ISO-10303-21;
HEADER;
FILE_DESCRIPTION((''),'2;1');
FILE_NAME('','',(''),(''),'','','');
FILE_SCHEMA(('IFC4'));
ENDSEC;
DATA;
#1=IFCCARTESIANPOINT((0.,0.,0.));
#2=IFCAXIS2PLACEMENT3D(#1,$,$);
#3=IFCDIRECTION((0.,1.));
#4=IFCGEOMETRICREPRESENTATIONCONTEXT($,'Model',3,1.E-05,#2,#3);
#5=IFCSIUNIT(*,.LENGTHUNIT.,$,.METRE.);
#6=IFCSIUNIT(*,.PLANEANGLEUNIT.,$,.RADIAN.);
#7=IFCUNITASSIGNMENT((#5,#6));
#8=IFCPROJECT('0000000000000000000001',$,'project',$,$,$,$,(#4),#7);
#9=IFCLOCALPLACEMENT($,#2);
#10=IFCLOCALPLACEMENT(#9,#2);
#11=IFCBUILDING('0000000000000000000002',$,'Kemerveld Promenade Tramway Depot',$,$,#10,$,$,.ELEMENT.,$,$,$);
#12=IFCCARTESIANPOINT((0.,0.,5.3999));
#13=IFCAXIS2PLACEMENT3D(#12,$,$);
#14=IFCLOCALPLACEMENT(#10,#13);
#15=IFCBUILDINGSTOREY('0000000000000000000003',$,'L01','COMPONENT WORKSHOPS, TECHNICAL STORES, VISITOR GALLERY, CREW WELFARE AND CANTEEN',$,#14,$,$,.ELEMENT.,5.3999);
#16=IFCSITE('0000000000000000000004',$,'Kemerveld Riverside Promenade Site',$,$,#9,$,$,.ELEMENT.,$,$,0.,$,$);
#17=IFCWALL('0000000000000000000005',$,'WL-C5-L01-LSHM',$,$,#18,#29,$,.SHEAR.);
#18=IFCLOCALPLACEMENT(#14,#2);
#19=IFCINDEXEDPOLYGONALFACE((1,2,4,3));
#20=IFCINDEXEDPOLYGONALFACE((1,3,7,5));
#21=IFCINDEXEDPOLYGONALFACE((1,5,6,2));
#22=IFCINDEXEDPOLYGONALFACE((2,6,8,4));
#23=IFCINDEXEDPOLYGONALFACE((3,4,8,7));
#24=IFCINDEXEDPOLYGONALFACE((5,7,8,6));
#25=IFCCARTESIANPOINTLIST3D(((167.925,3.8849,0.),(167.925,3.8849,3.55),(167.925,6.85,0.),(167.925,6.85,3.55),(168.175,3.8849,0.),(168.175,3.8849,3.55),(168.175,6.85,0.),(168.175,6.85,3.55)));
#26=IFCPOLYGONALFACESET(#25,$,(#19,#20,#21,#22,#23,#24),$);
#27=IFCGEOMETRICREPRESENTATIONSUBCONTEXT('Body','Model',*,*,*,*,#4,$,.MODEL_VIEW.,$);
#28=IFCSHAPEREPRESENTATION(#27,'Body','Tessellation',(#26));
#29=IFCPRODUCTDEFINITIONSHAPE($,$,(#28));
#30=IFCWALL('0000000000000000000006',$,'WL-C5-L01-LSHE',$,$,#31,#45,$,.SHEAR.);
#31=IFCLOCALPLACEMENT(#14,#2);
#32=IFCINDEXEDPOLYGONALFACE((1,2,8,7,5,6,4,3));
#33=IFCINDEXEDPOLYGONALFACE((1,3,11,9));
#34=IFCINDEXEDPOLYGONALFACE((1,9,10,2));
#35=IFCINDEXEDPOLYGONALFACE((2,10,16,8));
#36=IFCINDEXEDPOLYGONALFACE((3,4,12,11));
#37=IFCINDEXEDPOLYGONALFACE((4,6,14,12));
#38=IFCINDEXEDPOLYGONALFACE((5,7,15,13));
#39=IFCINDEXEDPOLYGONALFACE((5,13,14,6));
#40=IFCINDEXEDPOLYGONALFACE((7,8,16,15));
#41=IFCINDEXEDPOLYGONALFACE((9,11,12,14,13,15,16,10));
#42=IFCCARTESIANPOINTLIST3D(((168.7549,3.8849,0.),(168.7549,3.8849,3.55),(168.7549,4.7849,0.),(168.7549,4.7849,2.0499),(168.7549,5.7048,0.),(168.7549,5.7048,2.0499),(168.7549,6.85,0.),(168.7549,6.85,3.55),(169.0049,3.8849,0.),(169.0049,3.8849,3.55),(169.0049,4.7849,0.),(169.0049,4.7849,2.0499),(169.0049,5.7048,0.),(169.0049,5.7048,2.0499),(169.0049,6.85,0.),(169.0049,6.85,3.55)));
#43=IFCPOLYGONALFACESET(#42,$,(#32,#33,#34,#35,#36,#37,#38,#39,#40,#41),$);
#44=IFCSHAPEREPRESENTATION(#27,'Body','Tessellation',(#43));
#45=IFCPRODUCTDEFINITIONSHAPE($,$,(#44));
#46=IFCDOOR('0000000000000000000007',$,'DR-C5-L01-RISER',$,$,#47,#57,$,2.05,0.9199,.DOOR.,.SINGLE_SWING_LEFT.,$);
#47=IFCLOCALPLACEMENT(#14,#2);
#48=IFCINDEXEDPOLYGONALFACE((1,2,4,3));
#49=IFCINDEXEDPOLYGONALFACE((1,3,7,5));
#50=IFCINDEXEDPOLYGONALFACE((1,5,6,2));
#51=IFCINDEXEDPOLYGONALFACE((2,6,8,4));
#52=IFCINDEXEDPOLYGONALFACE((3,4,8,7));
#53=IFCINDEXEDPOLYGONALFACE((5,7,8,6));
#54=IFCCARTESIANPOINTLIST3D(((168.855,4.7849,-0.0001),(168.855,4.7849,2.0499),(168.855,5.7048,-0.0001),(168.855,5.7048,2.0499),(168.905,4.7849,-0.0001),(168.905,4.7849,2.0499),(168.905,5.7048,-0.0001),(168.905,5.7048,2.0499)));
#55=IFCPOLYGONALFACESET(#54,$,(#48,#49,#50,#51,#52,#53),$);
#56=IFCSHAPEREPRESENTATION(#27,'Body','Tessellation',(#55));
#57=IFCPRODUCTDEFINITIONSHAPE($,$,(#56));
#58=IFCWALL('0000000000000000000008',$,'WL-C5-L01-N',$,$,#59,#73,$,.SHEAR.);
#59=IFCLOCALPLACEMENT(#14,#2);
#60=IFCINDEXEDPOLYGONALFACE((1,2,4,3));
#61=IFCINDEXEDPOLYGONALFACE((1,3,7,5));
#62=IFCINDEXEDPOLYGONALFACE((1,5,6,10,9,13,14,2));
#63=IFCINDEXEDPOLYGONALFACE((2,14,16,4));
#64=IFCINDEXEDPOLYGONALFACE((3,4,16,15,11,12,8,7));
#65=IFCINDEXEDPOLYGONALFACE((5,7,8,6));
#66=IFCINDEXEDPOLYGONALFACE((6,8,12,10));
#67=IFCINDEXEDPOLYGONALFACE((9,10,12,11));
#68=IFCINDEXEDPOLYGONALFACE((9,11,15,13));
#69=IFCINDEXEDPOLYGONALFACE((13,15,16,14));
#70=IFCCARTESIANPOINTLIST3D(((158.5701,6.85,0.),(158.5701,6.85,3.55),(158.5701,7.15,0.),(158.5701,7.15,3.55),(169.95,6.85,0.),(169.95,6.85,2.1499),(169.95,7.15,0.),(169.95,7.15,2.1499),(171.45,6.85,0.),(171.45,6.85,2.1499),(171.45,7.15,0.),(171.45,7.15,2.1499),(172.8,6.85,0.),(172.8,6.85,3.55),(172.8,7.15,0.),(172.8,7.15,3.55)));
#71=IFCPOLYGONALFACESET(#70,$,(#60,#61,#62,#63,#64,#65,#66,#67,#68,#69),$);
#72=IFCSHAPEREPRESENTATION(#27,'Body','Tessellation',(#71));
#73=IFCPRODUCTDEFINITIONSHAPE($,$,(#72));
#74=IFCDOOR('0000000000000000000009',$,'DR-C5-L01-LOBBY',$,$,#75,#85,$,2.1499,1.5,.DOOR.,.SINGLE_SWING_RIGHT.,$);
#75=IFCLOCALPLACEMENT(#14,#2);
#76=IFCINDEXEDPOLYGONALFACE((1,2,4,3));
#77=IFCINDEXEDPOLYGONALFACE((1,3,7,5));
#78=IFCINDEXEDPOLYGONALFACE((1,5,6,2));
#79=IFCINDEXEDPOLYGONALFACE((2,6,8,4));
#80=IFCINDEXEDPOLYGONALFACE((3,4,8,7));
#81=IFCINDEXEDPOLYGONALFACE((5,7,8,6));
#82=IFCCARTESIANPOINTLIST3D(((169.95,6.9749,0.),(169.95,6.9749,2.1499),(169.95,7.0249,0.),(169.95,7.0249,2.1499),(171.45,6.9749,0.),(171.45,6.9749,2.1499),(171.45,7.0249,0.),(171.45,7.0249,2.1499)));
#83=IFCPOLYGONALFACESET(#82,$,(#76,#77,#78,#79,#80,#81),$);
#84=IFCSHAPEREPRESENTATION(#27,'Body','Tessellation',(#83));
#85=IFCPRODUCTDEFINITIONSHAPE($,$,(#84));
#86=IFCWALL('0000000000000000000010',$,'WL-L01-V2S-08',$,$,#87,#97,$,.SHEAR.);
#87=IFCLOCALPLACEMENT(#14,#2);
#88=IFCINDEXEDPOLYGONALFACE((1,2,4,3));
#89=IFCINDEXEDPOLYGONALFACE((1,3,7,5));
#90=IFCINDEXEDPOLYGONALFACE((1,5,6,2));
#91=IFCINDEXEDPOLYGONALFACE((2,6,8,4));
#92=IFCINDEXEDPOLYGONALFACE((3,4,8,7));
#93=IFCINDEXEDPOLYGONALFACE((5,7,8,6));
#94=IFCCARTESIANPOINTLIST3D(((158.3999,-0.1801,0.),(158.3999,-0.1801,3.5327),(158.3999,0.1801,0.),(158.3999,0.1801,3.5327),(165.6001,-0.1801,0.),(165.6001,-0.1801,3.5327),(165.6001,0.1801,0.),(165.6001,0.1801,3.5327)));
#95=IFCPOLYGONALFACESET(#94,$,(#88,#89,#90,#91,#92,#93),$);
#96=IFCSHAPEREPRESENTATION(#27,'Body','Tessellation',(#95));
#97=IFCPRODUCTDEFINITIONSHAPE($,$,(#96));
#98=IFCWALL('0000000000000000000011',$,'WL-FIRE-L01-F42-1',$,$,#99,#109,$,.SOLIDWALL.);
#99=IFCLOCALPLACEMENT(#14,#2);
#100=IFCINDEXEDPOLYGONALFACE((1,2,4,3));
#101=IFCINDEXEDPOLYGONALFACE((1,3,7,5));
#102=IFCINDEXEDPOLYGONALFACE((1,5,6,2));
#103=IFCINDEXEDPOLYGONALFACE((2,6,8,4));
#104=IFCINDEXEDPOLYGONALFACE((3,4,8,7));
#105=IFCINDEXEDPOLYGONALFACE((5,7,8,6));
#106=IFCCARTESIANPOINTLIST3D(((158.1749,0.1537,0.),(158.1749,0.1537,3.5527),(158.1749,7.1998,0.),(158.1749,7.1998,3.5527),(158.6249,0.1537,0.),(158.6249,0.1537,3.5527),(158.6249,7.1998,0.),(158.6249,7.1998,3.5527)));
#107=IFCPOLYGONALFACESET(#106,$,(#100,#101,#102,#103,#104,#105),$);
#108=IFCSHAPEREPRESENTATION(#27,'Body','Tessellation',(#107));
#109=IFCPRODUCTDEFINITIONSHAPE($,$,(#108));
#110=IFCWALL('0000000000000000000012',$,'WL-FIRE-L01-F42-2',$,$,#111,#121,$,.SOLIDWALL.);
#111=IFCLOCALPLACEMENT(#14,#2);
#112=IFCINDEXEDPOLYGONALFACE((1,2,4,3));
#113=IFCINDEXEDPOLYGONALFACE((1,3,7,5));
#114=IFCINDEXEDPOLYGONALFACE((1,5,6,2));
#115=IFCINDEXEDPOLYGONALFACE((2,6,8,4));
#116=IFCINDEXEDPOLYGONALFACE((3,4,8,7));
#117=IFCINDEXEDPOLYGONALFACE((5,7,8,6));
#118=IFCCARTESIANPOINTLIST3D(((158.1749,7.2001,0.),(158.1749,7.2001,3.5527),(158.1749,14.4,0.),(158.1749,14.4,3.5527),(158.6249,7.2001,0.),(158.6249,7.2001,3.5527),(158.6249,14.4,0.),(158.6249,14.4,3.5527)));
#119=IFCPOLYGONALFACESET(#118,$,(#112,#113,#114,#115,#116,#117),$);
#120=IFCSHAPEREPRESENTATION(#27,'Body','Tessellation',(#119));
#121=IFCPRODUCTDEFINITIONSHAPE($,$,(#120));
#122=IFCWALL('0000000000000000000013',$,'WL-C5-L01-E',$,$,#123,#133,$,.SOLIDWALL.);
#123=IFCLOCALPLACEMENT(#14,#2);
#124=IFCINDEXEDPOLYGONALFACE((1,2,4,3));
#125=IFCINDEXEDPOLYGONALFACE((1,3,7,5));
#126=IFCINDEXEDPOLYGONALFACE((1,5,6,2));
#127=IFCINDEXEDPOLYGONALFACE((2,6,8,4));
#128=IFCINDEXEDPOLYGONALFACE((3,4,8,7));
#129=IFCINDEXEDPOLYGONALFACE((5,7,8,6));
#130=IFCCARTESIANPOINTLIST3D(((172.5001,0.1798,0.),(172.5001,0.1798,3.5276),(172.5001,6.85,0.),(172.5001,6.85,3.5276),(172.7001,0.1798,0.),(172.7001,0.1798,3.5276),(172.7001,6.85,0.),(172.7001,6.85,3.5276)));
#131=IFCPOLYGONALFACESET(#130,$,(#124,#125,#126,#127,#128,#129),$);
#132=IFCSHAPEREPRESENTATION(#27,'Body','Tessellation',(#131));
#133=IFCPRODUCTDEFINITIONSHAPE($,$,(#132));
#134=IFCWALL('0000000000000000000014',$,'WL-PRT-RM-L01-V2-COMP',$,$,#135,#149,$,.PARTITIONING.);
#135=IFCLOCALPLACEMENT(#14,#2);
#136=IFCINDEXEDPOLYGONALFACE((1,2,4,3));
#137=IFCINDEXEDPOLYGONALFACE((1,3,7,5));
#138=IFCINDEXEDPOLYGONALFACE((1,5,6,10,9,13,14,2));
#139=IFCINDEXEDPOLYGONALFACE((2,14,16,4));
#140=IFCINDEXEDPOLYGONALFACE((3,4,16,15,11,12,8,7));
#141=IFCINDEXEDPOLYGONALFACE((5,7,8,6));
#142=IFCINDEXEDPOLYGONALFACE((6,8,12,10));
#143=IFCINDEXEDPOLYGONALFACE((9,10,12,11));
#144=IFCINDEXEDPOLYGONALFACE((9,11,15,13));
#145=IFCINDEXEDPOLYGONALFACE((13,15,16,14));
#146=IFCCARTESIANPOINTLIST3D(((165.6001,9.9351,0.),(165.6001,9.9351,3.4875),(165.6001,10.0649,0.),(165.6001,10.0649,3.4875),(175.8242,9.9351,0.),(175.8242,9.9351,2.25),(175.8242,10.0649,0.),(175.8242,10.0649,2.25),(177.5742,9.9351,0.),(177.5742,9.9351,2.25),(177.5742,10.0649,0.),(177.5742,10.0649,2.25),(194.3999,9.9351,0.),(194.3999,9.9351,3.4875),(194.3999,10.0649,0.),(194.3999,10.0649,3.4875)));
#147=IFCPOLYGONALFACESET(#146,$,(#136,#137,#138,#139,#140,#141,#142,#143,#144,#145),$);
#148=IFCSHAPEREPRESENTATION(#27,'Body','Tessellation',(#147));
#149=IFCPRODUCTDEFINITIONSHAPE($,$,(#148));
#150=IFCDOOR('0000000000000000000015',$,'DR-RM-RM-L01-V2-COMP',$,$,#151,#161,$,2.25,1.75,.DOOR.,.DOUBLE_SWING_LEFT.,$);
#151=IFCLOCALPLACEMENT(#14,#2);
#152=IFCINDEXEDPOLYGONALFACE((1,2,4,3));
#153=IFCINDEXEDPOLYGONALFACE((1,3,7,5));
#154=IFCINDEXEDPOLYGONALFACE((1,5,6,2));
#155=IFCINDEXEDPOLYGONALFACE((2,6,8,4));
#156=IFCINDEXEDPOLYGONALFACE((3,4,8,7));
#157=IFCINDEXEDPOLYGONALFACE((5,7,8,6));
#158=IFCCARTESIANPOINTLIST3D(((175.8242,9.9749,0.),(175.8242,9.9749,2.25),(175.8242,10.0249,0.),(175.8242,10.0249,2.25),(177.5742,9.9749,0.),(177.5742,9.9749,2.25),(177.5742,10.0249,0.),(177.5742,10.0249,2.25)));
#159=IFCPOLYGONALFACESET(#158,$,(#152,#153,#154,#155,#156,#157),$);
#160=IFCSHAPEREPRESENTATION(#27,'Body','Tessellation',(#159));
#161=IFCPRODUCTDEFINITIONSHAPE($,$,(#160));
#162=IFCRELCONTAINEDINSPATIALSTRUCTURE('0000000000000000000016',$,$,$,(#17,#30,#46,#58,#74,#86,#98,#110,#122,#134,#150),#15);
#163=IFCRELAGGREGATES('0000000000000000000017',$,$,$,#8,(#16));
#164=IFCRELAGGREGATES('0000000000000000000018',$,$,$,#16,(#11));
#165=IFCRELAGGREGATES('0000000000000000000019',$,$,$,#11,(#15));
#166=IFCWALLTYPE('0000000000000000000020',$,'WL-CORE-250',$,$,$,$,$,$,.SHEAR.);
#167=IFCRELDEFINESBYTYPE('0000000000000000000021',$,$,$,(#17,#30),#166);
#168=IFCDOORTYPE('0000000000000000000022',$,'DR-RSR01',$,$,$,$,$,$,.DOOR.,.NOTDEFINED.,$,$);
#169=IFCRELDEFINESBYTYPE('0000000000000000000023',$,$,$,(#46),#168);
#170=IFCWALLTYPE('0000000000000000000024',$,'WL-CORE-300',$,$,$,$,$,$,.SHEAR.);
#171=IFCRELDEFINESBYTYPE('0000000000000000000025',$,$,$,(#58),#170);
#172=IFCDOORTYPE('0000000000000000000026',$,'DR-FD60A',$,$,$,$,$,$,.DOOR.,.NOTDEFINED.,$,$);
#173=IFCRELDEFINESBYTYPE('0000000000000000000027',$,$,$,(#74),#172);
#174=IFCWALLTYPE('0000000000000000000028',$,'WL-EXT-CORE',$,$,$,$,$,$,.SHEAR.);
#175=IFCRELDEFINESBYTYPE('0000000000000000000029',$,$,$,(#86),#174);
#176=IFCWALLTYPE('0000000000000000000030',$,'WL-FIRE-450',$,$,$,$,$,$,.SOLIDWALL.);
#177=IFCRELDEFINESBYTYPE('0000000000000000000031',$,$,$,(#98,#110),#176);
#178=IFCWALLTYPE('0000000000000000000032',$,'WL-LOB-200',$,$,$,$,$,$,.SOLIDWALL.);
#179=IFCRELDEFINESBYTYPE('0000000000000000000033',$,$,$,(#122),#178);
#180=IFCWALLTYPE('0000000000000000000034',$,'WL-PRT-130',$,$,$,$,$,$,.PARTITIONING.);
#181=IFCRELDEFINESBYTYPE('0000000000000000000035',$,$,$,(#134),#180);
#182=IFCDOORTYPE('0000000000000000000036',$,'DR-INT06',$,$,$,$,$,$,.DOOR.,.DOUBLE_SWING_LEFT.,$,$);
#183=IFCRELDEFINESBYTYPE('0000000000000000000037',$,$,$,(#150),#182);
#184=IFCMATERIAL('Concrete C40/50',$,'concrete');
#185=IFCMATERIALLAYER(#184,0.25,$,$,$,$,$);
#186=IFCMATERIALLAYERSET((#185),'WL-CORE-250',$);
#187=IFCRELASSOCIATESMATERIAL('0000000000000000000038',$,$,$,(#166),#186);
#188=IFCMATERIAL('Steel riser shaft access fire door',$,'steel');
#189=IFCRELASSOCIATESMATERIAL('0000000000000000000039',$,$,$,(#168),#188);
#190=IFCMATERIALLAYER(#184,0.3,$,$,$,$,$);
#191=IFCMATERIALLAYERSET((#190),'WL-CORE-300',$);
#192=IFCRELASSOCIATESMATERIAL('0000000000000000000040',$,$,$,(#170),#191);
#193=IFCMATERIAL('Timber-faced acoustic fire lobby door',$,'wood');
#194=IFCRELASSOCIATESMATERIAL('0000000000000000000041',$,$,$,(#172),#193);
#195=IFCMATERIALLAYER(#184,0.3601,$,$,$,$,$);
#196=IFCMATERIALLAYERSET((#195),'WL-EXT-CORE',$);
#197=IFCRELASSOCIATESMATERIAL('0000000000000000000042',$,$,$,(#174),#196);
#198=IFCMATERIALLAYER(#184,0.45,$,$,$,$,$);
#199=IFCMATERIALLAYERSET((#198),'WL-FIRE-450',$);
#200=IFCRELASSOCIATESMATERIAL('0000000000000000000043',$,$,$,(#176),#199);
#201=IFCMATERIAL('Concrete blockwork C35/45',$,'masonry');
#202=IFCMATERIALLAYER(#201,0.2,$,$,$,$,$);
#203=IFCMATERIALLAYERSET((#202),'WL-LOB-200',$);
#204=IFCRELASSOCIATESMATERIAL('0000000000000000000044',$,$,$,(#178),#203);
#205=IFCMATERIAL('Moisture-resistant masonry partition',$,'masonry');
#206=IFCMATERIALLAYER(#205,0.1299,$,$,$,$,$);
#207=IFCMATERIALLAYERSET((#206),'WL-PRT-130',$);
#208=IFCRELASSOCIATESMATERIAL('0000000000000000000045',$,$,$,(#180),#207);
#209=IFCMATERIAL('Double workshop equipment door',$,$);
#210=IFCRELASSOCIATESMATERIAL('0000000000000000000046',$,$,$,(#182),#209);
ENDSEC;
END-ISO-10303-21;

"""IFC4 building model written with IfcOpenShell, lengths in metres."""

from ifc_helpers import new_model, si_unit, direction, frame, frame_2d, origin, place, context, subcontext, project, spatial, rectangle, extrude, material, layer, layer_set, type_object, element, fill, save


model = new_model("IFC4")

# Units and contexts
model_context = context("Model", 3, precision=1e-05, world=origin(), true_north=direction((0.0, 1.0)))
body_context = subcontext(model_context, "Body", "Model", "MODEL_VIEW")
ifc_project = project(units=[si_unit("LENGTHUNIT", "METRE"), si_unit("PLANEANGLEUNIT", "RADIAN")], contexts=[model_context])

# Site, building, storey
site_placement = place(None, origin())
site = spatial("IfcSite", under=ifc_project, at=site_placement, Name="Kemerveld Riverside Promenade Site", CompositionType="ELEMENT", RefElevation=0.0)
building_placement = place(site_placement, origin())
building = spatial("IfcBuilding", under=site, at=building_placement, Name="Kemerveld Promenade Tramway Depot", CompositionType="ELEMENT")
storey_placement = place(building_placement, frame((0.0, 0.0, 5.3999)))
storey = spatial("IfcBuildingStorey", under=building, at=storey_placement, Name="L01", Description="COMPONENT WORKSHOPS, TECHNICAL STORES, VISITOR GALLERY, CREW WELFARE AND CANTEEN", CompositionType="ELEMENT", Elevation=5.3999)

# Shared definitions
ifc_material_1 = material(Name="Concrete C40/50", Category="concrete")

# Shared definitions
ifc_layer_1 = layer(ifc_material_1, 0.25)
ifc_layer_set_1 = layer_set([ifc_layer_1], Name="WL-CORE-250")
wall_type_1 = type_object("IfcWallType", Name="WL-CORE-250", PredefinedType="SHEAR", material=ifc_layer_set_1)

# Wall
wall_1_placement = place(storey_placement, frame((168.05, 3.885, 0.0), z_axis=(0.0, 0.0, 1.0), x_axis=(0.0, 1.0, 0.0)))
element("IfcWall", 1, at=wall_1_placement, inside=storey, type_object=wall_type_1, Name="WL-C5-L01-LSHM", PredefinedType="SHEAR", context=body_context, shape_type="SweptSolid", body=[
    extrude(rectangle(XDim=2.9651, YDim=0.25, at=frame_2d((1.4824, 0.0))), origin(), (0.0, 0.0, 1.0), 3.55),
])

# Walls, openings, doors
wall_2_placement = place(storey_placement, frame((168.8799, 3.885, 0.0), z_axis=(0.0, 0.0, 1.0), x_axis=(0.0, 1.0, 0.0)))
wall_2 = element("IfcWall", 2, at=wall_2_placement, inside=storey, type_object=wall_type_1, Name="WL-C5-L01-LSHE", PredefinedType="SHEAR", context=body_context, shape_type="SweptSolid", body=[
    extrude(rectangle(XDim=2.9651, YDim=0.25, at=frame_2d((1.4824, 0.0))), origin(), (0.0, 0.0, 1.0), 3.55),
])
opening_1_placement = place(wall_2_placement, frame((0.8999, 0.0, 0.0)))
opening_1 = element("IfcOpeningElement", 3, at=opening_1_placement, cuts=wall_2, PredefinedType="OPENING", context=body_context, shape_type="SweptSolid", body=[
    extrude(rectangle(XDim=0.9199, YDim=2.05, at=frame_2d((0.46, 1.0249))), frame((0.0, 0.135, 0.0), z_axis=(0.0, -1.0, 0.0), x_axis=(1.0, 0.0, 0.0)), (0.0, 0.0, 1.0), 0.27),
])
ifc_material_2 = material(Name="Steel riser shaft access fire door", Category="steel")
door_type_1 = type_object("IfcDoorType", Name="DR-RSR01", OperationType="NOTDEFINED", PredefinedType="DOOR", material=ifc_material_2)
door_1_placement = place(opening_1_placement, origin())
door_1 = element("IfcDoor", 4, at=door_1_placement, inside=storey, type_object=door_type_1, Name="DR-C5-L01-RISER", OperationType="SINGLE_SWING_LEFT", OverallHeight=2.05, OverallWidth=0.9199, PredefinedType="DOOR", context=body_context, shape_type="SweptSolid", body=[
    extrude(rectangle(XDim=0.9199, YDim=2.05, at=frame_2d((0.46, 1.0249))), frame((0.0, 0.0249, 0.0), z_axis=(0.0, -1.0, 0.0), x_axis=(1.0, 0.0, 0.0)), (0.0, 0.0, 1.0), 0.05),
])
fill(opening_1, door_1)
ifc_layer_2 = layer(ifc_material_1, 0.3)
ifc_layer_set_2 = layer_set([ifc_layer_2], Name="WL-CORE-300")
wall_type_2 = type_object("IfcWallType", Name="WL-CORE-300", PredefinedType="SHEAR", material=ifc_layer_set_2)
wall_3_placement = place(storey_placement, frame((158.5701, 7.0, 0.0), z_axis=(0.0, 0.0, 1.0), x_axis=(1.0, 0.0, 0.0)))
wall_3 = element("IfcWall", 5, at=wall_3_placement, inside=storey, type_object=wall_type_2, Name="WL-C5-L01-N", PredefinedType="SHEAR", context=body_context, shape_type="SweptSolid", body=[
    extrude(rectangle(XDim=14.23, YDim=0.3, at=frame_2d((7.115, 0.0))), origin(), (0.0, 0.0, 1.0), 3.55),
])
opening_2_placement = place(wall_3_placement, frame((11.3799, 0.0, 0.0)))
opening_2 = element("IfcOpeningElement", 6, at=opening_2_placement, cuts=wall_3, PredefinedType="OPENING", context=body_context, shape_type="SweptSolid", body=[
    extrude(rectangle(XDim=1.5, YDim=2.1499, at=frame_2d((0.75, 1.075))), frame((0.0, 0.1599, 0.0), z_axis=(0.0, -1.0, 0.0), x_axis=(1.0, 0.0, 0.0)), (0.0, 0.0, 1.0), 0.3201),
])
ifc_material_3 = material(Name="Timber-faced acoustic fire lobby door", Category="wood")
door_type_2 = type_object("IfcDoorType", Name="DR-FD60A", OperationType="NOTDEFINED", PredefinedType="DOOR", material=ifc_material_3)
door_2_placement = place(opening_2_placement, origin())
door_2 = element("IfcDoor", 7, at=door_2_placement, inside=storey, type_object=door_type_2, Name="DR-C5-L01-LOBBY", OperationType="SINGLE_SWING_RIGHT", OverallHeight=2.1499, OverallWidth=1.5, PredefinedType="DOOR", context=body_context, shape_type="SweptSolid", body=[
    extrude(rectangle(XDim=1.5, YDim=2.1499, at=frame_2d((0.75, 1.075))), frame((0.0, 0.0249, 0.0), z_axis=(0.0, -1.0, 0.0), x_axis=(1.0, 0.0, 0.0)), (0.0, 0.0, 1.0), 0.05),
])
fill(opening_2, door_2)

# Walls
ifc_layer_3 = layer(ifc_material_1, 0.3601)
ifc_layer_set_3 = layer_set([ifc_layer_3], Name="WL-EXT-CORE")
wall_type_3 = type_object("IfcWallType", Name="WL-EXT-CORE", PredefinedType="SHEAR", material=ifc_layer_set_3)
wall_4_placement = place(storey_placement, frame((165.6001, 0.0, 0.0), z_axis=(0.0, 0.0, 1.0), x_axis=(-1.0, 0.0, 0.0)))
element("IfcWall", 8, at=wall_4_placement, inside=storey, type_object=wall_type_3, Name="WL-L01-V2S-08", PredefinedType="SHEAR", context=body_context, shape_type="SweptSolid", body=[
    extrude(rectangle(XDim=7.2002, YDim=0.3601, at=frame_2d((3.6001, 0.0))), origin(), (0.0, 0.0, 1.0), 3.5327),
])
ifc_layer_4 = layer(ifc_material_1, 0.45)
ifc_layer_set_4 = layer_set([ifc_layer_4], Name="WL-FIRE-450")
wall_type_4 = type_object("IfcWallType", Name="WL-FIRE-450", PredefinedType="SOLIDWALL", material=ifc_layer_set_4)
wall_5_placement = place(storey_placement, frame((158.3999, 0.1538, 0.0), z_axis=(0.0, 0.0, 1.0), x_axis=(0.0, 1.0, 0.0)))
element("IfcWall", 9, at=wall_5_placement, inside=storey, type_object=wall_type_4, Name="WL-FIRE-L01-F42-1", PredefinedType="SOLIDWALL", context=body_context, shape_type="SweptSolid", body=[
    extrude(rectangle(XDim=7.0461, YDim=0.45, at=frame_2d((3.5229, 0.0))), origin(), (0.0, 0.0, 1.0), 3.5527),
])
wall_6_placement = place(storey_placement, frame((158.3999, 7.2, 0.0), z_axis=(0.0, 0.0, 1.0), x_axis=(0.0, 1.0, 0.0)))
element("IfcWall", 10, at=wall_6_placement, inside=storey, type_object=wall_type_4, Name="WL-FIRE-L01-F42-2", PredefinedType="SOLIDWALL", context=body_context, shape_type="SweptSolid", body=[
    extrude(rectangle(XDim=7.2, YDim=0.45, at=frame_2d((3.6001, 0.0))), origin(), (0.0, 0.0, 1.0), 3.5527),
])

# Wall
ifc_material_4 = material(Name="Concrete blockwork C35/45", Category="masonry")
ifc_layer_5 = layer(ifc_material_4, 0.2)
ifc_layer_set_5 = layer_set([ifc_layer_5], Name="WL-LOB-200")
wall_type_5 = type_object("IfcWallType", Name="WL-LOB-200", PredefinedType="SOLIDWALL", material=ifc_layer_set_5)
wall_7_placement = place(storey_placement, frame((172.6001, 0.1799, 0.0), z_axis=(0.0, 0.0, 1.0), x_axis=(0.0, 1.0, 0.0)))
element("IfcWall", 11, at=wall_7_placement, inside=storey, type_object=wall_type_5, Name="WL-C5-L01-E", PredefinedType="SOLIDWALL", context=body_context, shape_type="SweptSolid", body=[
    extrude(rectangle(XDim=6.6702, YDim=0.2, at=frame_2d((3.335, 0.0))), origin(), (0.0, 0.0, 1.0), 3.5276),
])

# Wall, opening, door
ifc_material_5 = material(Name="Moisture-resistant masonry partition", Category="masonry")
ifc_layer_6 = layer(ifc_material_5, 0.1299)
ifc_layer_set_6 = layer_set([ifc_layer_6], Name="WL-PRT-130")
wall_type_6 = type_object("IfcWallType", Name="WL-PRT-130", PredefinedType="PARTITIONING", material=ifc_layer_set_6)
wall_8_placement = place(storey_placement, frame((165.6001, 10.0, 0.0), z_axis=(0.0, 0.0, 1.0), x_axis=(1.0, 0.0, 0.0)))
wall_8 = element("IfcWall", 12, at=wall_8_placement, inside=storey, type_object=wall_type_6, Name="WL-PRT-RM-L01-V2-COMP", PredefinedType="PARTITIONING", context=body_context, shape_type="SweptSolid", body=[
    extrude(rectangle(XDim=28.7998, YDim=0.1299, at=frame_2d((14.3999, 0.0))), origin(), (0.0, 0.0, 1.0), 3.4875),
])
opening_3_placement = place(wall_8_placement, frame((10.2241, 0.0, 0.0)))
opening_3 = element("IfcOpeningElement", 13, at=opening_3_placement, cuts=wall_8, PredefinedType="OPENING", context=body_context, shape_type="SweptSolid", body=[
    extrude(rectangle(XDim=1.75, YDim=2.25, at=frame_2d((0.875, 1.125))), frame((0.0, 0.075, 0.0), z_axis=(0.0, -1.0, 0.0), x_axis=(1.0, 0.0, 0.0)), (0.0, 0.0, 1.0), 0.1499),
])
ifc_material_6 = material(Name="Double workshop equipment door")
door_type_3 = type_object("IfcDoorType", Name="DR-INT06", OperationType="DOUBLE_SWING_LEFT", PredefinedType="DOOR", material=ifc_material_6)
door_3_placement = place(opening_3_placement, origin())
door_3 = element("IfcDoor", 14, at=door_3_placement, inside=storey, type_object=door_type_3, Name="DR-RM-RM-L01-V2-COMP", OperationType="DOUBLE_SWING_LEFT", OverallHeight=2.25, OverallWidth=1.75, PredefinedType="DOOR", context=body_context, shape_type="SweptSolid", body=[
    extrude(rectangle(XDim=1.75, YDim=2.25, at=frame_2d((0.875, 1.125))), frame((0.0, 0.0249, 0.0), z_axis=(0.0, -1.0, 0.0), x_axis=(1.0, 0.0, 0.0)), (0.0, 0.0, 1.0), 0.05),
])
fill(opening_3, door_3)

save(model, "model.ifc")
